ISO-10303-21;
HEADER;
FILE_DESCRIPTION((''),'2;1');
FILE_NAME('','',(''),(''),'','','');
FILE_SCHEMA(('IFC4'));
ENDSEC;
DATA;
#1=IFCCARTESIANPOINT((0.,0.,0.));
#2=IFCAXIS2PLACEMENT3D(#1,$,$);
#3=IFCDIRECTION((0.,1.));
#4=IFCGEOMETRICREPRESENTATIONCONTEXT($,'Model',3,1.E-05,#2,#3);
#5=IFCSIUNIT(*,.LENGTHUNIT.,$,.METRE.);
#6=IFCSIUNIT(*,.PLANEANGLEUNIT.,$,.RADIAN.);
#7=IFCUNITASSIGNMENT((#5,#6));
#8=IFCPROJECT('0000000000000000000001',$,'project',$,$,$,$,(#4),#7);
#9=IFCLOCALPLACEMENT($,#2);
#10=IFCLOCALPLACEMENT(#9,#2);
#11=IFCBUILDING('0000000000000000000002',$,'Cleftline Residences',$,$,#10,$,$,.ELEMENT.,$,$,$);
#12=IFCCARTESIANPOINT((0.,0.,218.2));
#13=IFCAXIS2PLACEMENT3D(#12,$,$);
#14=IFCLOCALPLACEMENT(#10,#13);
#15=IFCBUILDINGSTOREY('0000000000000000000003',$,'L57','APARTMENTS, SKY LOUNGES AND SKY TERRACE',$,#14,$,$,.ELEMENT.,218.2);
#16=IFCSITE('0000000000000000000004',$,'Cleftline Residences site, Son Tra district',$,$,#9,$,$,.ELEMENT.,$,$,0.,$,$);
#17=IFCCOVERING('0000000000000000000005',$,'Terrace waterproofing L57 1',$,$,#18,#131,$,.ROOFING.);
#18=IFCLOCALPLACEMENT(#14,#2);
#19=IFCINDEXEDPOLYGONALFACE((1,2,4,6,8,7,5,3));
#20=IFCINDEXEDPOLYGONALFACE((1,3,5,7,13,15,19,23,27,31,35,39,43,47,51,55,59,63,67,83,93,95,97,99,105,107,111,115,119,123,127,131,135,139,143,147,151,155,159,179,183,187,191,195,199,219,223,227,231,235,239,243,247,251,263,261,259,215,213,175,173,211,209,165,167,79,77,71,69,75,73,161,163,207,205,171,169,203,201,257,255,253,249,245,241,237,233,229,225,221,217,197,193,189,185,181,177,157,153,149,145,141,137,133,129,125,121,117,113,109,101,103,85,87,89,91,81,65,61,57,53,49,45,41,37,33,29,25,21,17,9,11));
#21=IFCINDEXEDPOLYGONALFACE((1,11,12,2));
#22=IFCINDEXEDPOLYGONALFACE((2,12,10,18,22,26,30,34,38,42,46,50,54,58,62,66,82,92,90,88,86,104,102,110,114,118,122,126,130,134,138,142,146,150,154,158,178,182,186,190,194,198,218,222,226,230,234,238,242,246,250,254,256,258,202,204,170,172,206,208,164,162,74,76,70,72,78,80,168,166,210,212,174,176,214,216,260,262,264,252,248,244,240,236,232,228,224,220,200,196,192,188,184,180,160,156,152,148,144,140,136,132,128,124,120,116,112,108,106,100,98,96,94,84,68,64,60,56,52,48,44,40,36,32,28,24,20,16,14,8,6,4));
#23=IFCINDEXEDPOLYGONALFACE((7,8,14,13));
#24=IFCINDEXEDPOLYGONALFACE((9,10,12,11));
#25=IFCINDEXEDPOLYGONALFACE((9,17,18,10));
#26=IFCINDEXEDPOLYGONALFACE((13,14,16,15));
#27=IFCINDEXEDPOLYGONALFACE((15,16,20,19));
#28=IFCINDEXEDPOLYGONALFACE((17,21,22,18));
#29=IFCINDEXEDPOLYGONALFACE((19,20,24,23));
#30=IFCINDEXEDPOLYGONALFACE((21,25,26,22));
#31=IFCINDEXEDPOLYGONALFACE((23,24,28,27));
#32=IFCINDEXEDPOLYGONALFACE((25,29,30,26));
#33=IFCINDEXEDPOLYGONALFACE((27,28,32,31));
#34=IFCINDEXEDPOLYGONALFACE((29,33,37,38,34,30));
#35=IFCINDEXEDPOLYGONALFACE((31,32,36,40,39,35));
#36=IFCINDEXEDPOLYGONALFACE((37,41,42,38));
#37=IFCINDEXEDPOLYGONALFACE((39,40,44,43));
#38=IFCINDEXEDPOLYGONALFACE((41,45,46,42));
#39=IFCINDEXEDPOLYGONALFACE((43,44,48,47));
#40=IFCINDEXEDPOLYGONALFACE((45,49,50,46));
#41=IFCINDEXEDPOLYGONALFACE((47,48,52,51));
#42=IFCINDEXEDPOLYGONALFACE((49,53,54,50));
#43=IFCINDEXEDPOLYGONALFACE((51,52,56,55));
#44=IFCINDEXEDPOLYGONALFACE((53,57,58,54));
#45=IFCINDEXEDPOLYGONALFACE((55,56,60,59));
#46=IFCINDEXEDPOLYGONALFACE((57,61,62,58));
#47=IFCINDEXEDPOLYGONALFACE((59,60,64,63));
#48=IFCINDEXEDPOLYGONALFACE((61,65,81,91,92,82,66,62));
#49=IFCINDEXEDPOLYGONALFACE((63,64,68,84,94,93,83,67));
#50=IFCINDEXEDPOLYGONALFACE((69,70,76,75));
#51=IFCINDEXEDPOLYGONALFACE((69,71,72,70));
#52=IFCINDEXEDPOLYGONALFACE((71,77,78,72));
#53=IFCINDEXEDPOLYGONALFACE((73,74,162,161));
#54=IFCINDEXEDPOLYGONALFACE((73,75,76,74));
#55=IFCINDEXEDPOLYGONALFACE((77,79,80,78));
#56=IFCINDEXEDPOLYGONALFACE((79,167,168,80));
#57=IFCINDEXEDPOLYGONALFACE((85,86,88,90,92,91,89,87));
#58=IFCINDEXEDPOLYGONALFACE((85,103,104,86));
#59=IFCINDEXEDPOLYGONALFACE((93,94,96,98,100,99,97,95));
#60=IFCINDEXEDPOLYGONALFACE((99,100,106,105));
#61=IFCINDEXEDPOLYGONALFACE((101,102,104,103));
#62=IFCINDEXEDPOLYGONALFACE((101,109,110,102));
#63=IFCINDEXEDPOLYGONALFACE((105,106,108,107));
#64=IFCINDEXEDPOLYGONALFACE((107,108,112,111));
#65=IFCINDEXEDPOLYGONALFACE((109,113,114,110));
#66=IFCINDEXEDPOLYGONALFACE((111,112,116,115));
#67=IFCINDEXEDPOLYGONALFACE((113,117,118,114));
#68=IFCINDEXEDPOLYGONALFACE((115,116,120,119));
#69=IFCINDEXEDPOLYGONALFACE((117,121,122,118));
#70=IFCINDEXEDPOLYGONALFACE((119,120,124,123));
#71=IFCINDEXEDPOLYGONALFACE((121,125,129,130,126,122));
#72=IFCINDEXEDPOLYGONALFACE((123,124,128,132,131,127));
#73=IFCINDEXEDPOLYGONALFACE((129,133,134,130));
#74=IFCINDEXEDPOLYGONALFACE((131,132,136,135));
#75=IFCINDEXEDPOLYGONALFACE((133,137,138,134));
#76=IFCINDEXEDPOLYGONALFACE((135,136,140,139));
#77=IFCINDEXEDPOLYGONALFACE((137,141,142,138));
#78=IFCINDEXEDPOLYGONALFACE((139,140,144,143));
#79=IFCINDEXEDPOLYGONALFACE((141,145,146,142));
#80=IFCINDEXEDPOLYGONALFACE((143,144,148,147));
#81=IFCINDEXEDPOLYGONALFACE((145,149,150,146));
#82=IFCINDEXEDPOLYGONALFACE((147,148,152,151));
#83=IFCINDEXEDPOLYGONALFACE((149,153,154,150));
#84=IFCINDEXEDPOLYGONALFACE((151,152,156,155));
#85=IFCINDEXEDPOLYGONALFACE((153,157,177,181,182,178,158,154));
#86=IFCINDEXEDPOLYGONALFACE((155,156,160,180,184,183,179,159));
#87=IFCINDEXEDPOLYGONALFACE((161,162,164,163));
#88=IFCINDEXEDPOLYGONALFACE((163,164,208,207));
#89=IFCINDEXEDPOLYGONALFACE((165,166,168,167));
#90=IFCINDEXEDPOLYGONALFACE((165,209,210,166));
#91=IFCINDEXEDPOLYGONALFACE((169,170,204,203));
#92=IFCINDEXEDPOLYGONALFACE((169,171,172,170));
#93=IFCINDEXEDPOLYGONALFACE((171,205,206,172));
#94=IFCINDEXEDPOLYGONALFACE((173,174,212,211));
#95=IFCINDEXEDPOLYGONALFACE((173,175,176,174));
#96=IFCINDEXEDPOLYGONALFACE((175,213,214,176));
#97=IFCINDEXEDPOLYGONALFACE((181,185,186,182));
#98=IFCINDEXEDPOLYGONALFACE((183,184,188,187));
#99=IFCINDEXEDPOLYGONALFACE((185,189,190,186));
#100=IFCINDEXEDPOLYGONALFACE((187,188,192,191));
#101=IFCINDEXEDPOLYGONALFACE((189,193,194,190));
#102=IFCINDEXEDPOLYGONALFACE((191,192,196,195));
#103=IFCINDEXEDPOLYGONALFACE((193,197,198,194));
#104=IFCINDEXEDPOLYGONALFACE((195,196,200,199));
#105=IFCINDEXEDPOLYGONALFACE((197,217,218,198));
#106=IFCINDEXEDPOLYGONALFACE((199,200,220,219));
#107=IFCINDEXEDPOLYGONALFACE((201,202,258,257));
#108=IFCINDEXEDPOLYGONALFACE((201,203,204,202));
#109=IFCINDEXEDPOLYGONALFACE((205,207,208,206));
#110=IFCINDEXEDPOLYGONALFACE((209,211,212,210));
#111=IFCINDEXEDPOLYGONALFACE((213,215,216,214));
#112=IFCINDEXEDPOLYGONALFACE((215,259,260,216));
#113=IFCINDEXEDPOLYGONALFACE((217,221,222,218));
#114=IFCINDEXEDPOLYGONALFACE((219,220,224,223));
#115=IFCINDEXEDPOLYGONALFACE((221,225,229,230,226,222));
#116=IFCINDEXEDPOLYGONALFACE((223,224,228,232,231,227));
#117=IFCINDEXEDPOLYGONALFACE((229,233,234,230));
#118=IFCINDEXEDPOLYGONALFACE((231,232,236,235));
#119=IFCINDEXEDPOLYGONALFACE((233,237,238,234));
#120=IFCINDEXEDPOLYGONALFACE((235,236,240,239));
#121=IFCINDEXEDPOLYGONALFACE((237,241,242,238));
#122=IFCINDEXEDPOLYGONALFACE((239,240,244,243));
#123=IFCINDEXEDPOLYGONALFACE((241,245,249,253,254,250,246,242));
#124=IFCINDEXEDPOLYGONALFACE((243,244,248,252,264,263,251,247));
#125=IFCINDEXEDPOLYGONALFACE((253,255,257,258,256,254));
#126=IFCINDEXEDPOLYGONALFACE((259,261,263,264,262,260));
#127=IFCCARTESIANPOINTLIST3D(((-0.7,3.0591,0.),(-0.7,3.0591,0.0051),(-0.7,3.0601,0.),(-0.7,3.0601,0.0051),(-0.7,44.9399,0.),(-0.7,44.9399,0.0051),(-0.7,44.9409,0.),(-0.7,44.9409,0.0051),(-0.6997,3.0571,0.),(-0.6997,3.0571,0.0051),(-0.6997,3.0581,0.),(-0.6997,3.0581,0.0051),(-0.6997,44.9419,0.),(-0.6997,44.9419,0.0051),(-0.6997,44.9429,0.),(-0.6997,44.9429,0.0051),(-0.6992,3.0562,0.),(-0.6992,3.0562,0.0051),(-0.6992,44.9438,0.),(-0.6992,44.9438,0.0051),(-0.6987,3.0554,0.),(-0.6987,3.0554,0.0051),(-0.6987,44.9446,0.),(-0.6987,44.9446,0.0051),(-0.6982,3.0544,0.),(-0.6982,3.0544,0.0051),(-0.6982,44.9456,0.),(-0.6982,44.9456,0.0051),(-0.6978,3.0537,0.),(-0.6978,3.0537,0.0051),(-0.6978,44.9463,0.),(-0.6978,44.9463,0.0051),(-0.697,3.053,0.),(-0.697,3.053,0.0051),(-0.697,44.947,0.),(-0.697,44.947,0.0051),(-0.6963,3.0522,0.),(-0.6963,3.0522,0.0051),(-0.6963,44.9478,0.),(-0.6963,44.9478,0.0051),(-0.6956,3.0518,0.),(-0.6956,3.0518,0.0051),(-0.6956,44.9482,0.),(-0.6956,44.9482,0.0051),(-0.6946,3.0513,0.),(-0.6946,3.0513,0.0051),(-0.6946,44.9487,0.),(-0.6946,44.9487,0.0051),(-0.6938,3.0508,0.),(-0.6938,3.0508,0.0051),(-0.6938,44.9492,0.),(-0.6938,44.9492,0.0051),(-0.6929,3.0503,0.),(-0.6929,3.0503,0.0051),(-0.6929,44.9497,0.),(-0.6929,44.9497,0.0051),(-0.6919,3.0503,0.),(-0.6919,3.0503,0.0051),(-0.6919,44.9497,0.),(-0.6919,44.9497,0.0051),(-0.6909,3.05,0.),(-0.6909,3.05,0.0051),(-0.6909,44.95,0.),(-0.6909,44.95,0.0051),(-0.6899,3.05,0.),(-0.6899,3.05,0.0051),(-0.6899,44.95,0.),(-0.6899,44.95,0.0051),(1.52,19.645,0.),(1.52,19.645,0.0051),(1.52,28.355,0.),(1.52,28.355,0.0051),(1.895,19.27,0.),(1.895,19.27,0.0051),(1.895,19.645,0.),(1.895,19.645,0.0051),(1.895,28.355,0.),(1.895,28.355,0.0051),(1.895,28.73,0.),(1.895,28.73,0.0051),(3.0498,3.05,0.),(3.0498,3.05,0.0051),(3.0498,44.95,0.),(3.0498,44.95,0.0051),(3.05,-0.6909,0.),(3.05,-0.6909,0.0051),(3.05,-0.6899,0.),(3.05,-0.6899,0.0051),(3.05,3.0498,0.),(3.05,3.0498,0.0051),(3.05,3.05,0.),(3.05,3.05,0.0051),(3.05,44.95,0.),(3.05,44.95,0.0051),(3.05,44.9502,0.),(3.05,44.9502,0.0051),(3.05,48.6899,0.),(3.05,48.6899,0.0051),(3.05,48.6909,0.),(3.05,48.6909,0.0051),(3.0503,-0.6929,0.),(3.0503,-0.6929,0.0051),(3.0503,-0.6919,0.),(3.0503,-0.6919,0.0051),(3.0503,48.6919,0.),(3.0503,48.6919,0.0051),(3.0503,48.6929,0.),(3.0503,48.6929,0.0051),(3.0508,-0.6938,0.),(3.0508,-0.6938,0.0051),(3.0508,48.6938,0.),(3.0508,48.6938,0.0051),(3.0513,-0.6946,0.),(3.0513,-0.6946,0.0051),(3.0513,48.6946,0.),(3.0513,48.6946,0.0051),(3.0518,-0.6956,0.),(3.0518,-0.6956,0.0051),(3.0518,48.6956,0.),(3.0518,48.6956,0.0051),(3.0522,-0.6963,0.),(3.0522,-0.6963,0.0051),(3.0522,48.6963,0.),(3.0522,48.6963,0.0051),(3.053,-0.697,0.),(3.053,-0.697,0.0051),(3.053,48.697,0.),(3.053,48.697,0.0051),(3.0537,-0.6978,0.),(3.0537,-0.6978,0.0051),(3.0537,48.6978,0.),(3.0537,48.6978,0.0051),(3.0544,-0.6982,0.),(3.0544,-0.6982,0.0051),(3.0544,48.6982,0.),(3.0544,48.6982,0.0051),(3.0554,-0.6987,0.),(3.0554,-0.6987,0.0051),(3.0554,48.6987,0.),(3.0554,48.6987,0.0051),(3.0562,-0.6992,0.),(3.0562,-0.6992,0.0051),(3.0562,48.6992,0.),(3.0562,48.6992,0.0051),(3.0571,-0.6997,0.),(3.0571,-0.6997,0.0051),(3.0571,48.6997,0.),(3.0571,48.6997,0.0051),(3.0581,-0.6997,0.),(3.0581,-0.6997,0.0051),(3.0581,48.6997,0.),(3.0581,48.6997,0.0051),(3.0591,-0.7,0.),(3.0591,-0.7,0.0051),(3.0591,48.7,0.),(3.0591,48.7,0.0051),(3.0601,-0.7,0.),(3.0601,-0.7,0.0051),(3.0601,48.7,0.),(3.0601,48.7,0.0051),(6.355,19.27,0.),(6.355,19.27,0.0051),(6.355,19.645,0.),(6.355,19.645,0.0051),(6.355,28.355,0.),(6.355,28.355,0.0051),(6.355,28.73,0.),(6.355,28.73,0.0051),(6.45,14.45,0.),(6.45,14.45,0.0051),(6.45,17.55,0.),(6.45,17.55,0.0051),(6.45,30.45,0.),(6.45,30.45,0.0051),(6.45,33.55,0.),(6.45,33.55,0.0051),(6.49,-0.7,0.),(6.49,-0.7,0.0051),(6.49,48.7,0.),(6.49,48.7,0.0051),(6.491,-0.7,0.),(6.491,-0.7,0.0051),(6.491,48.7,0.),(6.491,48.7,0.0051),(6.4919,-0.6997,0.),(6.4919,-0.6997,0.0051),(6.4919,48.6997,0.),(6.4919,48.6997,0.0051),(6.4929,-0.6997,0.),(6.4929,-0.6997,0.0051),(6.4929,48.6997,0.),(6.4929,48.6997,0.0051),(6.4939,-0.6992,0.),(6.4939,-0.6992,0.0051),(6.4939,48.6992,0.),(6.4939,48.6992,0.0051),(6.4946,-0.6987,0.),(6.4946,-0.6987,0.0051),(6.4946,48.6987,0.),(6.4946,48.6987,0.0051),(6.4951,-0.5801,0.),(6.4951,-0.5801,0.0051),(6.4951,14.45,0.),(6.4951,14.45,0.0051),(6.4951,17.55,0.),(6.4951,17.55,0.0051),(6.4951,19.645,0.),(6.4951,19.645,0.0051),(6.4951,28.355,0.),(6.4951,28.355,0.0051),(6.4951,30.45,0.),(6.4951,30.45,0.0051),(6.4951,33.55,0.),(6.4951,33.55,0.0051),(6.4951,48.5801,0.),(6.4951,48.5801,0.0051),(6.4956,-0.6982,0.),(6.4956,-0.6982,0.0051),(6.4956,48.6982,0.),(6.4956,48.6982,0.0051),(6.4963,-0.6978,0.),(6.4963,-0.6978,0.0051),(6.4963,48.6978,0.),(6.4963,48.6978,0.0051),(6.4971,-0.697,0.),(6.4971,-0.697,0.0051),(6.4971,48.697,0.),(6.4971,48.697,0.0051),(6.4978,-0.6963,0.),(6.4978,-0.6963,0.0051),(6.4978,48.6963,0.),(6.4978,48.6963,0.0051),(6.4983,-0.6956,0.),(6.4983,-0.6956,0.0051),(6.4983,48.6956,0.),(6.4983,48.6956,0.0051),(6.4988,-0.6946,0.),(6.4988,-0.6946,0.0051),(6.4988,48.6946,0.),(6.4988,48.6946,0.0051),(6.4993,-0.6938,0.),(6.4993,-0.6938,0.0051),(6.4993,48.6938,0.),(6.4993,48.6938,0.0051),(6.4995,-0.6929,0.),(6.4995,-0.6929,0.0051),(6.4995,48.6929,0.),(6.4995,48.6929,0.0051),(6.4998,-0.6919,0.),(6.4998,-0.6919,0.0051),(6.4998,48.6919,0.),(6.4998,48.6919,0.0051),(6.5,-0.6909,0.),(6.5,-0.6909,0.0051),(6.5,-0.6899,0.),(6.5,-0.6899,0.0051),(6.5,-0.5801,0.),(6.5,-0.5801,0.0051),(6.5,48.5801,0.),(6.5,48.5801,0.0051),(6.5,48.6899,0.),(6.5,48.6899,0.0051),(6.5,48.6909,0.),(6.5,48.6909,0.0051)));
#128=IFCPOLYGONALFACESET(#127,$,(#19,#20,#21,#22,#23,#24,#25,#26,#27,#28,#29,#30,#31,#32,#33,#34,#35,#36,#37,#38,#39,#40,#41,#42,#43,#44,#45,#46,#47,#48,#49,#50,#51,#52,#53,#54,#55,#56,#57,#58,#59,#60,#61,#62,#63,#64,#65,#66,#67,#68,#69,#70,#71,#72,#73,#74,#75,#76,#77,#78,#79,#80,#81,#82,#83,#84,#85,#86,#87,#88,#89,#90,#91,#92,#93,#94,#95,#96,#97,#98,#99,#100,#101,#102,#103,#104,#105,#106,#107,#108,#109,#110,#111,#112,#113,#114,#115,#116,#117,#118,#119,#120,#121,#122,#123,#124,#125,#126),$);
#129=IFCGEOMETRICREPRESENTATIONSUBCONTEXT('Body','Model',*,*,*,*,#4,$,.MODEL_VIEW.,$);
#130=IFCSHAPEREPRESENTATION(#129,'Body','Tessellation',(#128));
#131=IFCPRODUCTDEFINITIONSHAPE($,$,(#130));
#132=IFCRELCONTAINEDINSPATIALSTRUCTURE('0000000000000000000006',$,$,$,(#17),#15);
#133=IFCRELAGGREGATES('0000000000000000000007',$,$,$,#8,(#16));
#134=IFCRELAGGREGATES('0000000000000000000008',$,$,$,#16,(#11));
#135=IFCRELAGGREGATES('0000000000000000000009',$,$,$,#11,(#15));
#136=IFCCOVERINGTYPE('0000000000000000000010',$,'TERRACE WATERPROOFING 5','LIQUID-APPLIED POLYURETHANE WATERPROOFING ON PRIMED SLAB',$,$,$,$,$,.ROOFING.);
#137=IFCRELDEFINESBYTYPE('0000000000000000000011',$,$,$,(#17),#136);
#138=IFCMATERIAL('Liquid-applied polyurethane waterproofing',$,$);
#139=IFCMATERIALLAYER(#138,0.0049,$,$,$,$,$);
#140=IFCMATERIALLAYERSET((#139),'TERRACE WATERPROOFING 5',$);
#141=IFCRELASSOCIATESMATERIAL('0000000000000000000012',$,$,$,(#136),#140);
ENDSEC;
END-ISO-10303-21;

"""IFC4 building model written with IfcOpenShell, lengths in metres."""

from ifc_helpers import new_model, si_unit, direction, frame, origin, place, context, subcontext, project, spatial, polyline, outline, extrude, material, layer, layer_set, type_object, element, save


model = new_model("IFC4")

# Units and contexts
model_context = context("Model", 3, precision=1e-05, world=origin(), true_north=direction((0.0, 1.0)))
body_context = subcontext(model_context, "Body", "Model", "MODEL_VIEW")
ifc_project = project(units=[si_unit("LENGTHUNIT", "METRE"), si_unit("PLANEANGLEUNIT", "RADIAN")], contexts=[model_context])

# Site, building, storey
site_placement = place(None, origin())
site = spatial("IfcSite", under=ifc_project, at=site_placement, Name="Cleftline Residences site, Son Tra district", CompositionType="ELEMENT", RefElevation=0.0)
building_placement = place(site_placement, origin())
building = spatial("IfcBuilding", under=site, at=building_placement, Name="Cleftline Residences", CompositionType="ELEMENT")
storey_placement = place(building_placement, frame((0.0, 0.0, 218.2)))
storey = spatial("IfcBuildingStorey", under=building, at=storey_placement, Name="L57", Description="APARTMENTS, SKY LOUNGES AND SKY TERRACE", CompositionType="ELEMENT", Elevation=218.2)

# Covering
ifc_material_1 = material(Name="Liquid-applied polyurethane waterproofing")
ifc_layer_1 = layer(ifc_material_1, 0.0049)
ifc_layer_set_1 = layer_set([ifc_layer_1], Name="TERRACE WATERPROOFING 5")
covering_type_1 = type_object("IfcCoveringType", Name="TERRACE WATERPROOFING 5", Description="LIQUID-APPLIED POLYURETHANE WATERPROOFING ON PRIMED SLAB", PredefinedType="ROOFING", material=ifc_layer_set_1)
covering_1_placement = place(storey_placement, origin())
element("IfcCovering", 1, at=covering_1_placement, inside=storey, type_object=covering_type_1, Name="Terrace waterproofing L57 1", PredefinedType="ROOFING", context=body_context, shape_type="SweptSolid", body=[
    extrude(outline(polyline([(3.05, 3.0498), (3.05, -0.6899), (3.05, -0.6909), (3.0503, -0.6919), (3.0503, -0.6929), (3.0508, -0.6938), (3.0513, -0.6946), (3.0518, -0.6956), (3.0522, -0.6963), (3.053, -0.697), (3.0537, -0.6978), (3.0544, -0.6982), (3.0554, -0.6987), (3.0562, -0.6992), (3.0571, -0.6997), (3.0581, -0.6997), (3.0591, -0.7), (3.0601, -0.7), (6.49, -0.7), (6.491, -0.7), (6.4919, -0.6997), (6.4929, -0.6997), (6.4939, -0.6992), (6.4946, -0.6987), (6.4956, -0.6982), (6.4963, -0.6978), (6.4971, -0.697), (6.4978, -0.6963), (6.4983, -0.6956), (6.4988, -0.6946), (6.4993, -0.6938), (6.4995, -0.6929), (6.4998, -0.6919), (6.5, -0.6909), (6.5, -0.6899), (6.5, -0.5801), (6.4951, -0.5801), (6.4951, 14.45), (6.45, 14.45), (6.45, 17.55), (6.4951, 17.55), (6.4951, 19.645), (6.355, 19.645), (6.355, 19.27), (1.895, 19.27), (1.895, 19.645), (1.52, 19.645), (1.52, 28.355), (1.895, 28.355), (1.895, 28.73), (6.355, 28.73), (6.355, 28.355), (6.4951, 28.355), (6.4951, 30.45), (6.45, 30.45), (6.45, 33.55), (6.4951, 33.55), (6.4951, 48.5801), (6.5, 48.5801), (6.5, 48.6899), (6.5, 48.6909), (6.4998, 48.6919), (6.4995, 48.6929), (6.4993, 48.6938), (6.4988, 48.6946), (6.4983, 48.6956), (6.4978, 48.6963), (6.4971, 48.697), (6.4963, 48.6978), (6.4956, 48.6982), (6.4946, 48.6987), (6.4939, 48.6992), (6.4929, 48.6997), (6.4919, 48.6997), (6.491, 48.7), (6.49, 48.7), (3.0601, 48.7), (3.0591, 48.7), (3.0581, 48.6997), (3.0571, 48.6997), (3.0562, 48.6992), (3.0554, 48.6987), (3.0544, 48.6982), (3.0537, 48.6978), (3.053, 48.697), (3.0522, 48.6963), (3.0518, 48.6956), (3.0513, 48.6946), (3.0508, 48.6938), (3.0503, 48.6929), (3.0503, 48.6919), (3.05, 48.6909), (3.05, 48.6899), (3.05, 44.9502), (3.05, 44.95), (3.0498, 44.95), (-0.6899, 44.95), (-0.6909, 44.95), (-0.6919, 44.9497), (-0.6929, 44.9497), (-0.6938, 44.9492), (-0.6946, 44.9487), (-0.6956, 44.9482), (-0.6963, 44.9478), (-0.697, 44.947), (-0.6978, 44.9463), (-0.6982, 44.9456), (-0.6987, 44.9446), (-0.6992, 44.9438), (-0.6997, 44.9429), (-0.6997, 44.9419), (-0.7, 44.9409), (-0.7, 44.9399), (-0.7, 3.0601), (-0.7, 3.0591), (-0.6997, 3.0581), (-0.6997, 3.0571), (-0.6992, 3.0562), (-0.6987, 3.0554), (-0.6982, 3.0544), (-0.6978, 3.0537), (-0.697, 3.053), (-0.6963, 3.0522), (-0.6956, 3.0518), (-0.6946, 3.0513), (-0.6938, 3.0508), (-0.6929, 3.0503), (-0.6919, 3.0503), (-0.6909, 3.05), (-0.6899, 3.05), (3.0498, 3.05), (3.05, 3.05), (3.05, 3.0498)])), origin(), (0.0, 0.0, 1.0), 0.0051),
])

save(model, "model.ifc")
